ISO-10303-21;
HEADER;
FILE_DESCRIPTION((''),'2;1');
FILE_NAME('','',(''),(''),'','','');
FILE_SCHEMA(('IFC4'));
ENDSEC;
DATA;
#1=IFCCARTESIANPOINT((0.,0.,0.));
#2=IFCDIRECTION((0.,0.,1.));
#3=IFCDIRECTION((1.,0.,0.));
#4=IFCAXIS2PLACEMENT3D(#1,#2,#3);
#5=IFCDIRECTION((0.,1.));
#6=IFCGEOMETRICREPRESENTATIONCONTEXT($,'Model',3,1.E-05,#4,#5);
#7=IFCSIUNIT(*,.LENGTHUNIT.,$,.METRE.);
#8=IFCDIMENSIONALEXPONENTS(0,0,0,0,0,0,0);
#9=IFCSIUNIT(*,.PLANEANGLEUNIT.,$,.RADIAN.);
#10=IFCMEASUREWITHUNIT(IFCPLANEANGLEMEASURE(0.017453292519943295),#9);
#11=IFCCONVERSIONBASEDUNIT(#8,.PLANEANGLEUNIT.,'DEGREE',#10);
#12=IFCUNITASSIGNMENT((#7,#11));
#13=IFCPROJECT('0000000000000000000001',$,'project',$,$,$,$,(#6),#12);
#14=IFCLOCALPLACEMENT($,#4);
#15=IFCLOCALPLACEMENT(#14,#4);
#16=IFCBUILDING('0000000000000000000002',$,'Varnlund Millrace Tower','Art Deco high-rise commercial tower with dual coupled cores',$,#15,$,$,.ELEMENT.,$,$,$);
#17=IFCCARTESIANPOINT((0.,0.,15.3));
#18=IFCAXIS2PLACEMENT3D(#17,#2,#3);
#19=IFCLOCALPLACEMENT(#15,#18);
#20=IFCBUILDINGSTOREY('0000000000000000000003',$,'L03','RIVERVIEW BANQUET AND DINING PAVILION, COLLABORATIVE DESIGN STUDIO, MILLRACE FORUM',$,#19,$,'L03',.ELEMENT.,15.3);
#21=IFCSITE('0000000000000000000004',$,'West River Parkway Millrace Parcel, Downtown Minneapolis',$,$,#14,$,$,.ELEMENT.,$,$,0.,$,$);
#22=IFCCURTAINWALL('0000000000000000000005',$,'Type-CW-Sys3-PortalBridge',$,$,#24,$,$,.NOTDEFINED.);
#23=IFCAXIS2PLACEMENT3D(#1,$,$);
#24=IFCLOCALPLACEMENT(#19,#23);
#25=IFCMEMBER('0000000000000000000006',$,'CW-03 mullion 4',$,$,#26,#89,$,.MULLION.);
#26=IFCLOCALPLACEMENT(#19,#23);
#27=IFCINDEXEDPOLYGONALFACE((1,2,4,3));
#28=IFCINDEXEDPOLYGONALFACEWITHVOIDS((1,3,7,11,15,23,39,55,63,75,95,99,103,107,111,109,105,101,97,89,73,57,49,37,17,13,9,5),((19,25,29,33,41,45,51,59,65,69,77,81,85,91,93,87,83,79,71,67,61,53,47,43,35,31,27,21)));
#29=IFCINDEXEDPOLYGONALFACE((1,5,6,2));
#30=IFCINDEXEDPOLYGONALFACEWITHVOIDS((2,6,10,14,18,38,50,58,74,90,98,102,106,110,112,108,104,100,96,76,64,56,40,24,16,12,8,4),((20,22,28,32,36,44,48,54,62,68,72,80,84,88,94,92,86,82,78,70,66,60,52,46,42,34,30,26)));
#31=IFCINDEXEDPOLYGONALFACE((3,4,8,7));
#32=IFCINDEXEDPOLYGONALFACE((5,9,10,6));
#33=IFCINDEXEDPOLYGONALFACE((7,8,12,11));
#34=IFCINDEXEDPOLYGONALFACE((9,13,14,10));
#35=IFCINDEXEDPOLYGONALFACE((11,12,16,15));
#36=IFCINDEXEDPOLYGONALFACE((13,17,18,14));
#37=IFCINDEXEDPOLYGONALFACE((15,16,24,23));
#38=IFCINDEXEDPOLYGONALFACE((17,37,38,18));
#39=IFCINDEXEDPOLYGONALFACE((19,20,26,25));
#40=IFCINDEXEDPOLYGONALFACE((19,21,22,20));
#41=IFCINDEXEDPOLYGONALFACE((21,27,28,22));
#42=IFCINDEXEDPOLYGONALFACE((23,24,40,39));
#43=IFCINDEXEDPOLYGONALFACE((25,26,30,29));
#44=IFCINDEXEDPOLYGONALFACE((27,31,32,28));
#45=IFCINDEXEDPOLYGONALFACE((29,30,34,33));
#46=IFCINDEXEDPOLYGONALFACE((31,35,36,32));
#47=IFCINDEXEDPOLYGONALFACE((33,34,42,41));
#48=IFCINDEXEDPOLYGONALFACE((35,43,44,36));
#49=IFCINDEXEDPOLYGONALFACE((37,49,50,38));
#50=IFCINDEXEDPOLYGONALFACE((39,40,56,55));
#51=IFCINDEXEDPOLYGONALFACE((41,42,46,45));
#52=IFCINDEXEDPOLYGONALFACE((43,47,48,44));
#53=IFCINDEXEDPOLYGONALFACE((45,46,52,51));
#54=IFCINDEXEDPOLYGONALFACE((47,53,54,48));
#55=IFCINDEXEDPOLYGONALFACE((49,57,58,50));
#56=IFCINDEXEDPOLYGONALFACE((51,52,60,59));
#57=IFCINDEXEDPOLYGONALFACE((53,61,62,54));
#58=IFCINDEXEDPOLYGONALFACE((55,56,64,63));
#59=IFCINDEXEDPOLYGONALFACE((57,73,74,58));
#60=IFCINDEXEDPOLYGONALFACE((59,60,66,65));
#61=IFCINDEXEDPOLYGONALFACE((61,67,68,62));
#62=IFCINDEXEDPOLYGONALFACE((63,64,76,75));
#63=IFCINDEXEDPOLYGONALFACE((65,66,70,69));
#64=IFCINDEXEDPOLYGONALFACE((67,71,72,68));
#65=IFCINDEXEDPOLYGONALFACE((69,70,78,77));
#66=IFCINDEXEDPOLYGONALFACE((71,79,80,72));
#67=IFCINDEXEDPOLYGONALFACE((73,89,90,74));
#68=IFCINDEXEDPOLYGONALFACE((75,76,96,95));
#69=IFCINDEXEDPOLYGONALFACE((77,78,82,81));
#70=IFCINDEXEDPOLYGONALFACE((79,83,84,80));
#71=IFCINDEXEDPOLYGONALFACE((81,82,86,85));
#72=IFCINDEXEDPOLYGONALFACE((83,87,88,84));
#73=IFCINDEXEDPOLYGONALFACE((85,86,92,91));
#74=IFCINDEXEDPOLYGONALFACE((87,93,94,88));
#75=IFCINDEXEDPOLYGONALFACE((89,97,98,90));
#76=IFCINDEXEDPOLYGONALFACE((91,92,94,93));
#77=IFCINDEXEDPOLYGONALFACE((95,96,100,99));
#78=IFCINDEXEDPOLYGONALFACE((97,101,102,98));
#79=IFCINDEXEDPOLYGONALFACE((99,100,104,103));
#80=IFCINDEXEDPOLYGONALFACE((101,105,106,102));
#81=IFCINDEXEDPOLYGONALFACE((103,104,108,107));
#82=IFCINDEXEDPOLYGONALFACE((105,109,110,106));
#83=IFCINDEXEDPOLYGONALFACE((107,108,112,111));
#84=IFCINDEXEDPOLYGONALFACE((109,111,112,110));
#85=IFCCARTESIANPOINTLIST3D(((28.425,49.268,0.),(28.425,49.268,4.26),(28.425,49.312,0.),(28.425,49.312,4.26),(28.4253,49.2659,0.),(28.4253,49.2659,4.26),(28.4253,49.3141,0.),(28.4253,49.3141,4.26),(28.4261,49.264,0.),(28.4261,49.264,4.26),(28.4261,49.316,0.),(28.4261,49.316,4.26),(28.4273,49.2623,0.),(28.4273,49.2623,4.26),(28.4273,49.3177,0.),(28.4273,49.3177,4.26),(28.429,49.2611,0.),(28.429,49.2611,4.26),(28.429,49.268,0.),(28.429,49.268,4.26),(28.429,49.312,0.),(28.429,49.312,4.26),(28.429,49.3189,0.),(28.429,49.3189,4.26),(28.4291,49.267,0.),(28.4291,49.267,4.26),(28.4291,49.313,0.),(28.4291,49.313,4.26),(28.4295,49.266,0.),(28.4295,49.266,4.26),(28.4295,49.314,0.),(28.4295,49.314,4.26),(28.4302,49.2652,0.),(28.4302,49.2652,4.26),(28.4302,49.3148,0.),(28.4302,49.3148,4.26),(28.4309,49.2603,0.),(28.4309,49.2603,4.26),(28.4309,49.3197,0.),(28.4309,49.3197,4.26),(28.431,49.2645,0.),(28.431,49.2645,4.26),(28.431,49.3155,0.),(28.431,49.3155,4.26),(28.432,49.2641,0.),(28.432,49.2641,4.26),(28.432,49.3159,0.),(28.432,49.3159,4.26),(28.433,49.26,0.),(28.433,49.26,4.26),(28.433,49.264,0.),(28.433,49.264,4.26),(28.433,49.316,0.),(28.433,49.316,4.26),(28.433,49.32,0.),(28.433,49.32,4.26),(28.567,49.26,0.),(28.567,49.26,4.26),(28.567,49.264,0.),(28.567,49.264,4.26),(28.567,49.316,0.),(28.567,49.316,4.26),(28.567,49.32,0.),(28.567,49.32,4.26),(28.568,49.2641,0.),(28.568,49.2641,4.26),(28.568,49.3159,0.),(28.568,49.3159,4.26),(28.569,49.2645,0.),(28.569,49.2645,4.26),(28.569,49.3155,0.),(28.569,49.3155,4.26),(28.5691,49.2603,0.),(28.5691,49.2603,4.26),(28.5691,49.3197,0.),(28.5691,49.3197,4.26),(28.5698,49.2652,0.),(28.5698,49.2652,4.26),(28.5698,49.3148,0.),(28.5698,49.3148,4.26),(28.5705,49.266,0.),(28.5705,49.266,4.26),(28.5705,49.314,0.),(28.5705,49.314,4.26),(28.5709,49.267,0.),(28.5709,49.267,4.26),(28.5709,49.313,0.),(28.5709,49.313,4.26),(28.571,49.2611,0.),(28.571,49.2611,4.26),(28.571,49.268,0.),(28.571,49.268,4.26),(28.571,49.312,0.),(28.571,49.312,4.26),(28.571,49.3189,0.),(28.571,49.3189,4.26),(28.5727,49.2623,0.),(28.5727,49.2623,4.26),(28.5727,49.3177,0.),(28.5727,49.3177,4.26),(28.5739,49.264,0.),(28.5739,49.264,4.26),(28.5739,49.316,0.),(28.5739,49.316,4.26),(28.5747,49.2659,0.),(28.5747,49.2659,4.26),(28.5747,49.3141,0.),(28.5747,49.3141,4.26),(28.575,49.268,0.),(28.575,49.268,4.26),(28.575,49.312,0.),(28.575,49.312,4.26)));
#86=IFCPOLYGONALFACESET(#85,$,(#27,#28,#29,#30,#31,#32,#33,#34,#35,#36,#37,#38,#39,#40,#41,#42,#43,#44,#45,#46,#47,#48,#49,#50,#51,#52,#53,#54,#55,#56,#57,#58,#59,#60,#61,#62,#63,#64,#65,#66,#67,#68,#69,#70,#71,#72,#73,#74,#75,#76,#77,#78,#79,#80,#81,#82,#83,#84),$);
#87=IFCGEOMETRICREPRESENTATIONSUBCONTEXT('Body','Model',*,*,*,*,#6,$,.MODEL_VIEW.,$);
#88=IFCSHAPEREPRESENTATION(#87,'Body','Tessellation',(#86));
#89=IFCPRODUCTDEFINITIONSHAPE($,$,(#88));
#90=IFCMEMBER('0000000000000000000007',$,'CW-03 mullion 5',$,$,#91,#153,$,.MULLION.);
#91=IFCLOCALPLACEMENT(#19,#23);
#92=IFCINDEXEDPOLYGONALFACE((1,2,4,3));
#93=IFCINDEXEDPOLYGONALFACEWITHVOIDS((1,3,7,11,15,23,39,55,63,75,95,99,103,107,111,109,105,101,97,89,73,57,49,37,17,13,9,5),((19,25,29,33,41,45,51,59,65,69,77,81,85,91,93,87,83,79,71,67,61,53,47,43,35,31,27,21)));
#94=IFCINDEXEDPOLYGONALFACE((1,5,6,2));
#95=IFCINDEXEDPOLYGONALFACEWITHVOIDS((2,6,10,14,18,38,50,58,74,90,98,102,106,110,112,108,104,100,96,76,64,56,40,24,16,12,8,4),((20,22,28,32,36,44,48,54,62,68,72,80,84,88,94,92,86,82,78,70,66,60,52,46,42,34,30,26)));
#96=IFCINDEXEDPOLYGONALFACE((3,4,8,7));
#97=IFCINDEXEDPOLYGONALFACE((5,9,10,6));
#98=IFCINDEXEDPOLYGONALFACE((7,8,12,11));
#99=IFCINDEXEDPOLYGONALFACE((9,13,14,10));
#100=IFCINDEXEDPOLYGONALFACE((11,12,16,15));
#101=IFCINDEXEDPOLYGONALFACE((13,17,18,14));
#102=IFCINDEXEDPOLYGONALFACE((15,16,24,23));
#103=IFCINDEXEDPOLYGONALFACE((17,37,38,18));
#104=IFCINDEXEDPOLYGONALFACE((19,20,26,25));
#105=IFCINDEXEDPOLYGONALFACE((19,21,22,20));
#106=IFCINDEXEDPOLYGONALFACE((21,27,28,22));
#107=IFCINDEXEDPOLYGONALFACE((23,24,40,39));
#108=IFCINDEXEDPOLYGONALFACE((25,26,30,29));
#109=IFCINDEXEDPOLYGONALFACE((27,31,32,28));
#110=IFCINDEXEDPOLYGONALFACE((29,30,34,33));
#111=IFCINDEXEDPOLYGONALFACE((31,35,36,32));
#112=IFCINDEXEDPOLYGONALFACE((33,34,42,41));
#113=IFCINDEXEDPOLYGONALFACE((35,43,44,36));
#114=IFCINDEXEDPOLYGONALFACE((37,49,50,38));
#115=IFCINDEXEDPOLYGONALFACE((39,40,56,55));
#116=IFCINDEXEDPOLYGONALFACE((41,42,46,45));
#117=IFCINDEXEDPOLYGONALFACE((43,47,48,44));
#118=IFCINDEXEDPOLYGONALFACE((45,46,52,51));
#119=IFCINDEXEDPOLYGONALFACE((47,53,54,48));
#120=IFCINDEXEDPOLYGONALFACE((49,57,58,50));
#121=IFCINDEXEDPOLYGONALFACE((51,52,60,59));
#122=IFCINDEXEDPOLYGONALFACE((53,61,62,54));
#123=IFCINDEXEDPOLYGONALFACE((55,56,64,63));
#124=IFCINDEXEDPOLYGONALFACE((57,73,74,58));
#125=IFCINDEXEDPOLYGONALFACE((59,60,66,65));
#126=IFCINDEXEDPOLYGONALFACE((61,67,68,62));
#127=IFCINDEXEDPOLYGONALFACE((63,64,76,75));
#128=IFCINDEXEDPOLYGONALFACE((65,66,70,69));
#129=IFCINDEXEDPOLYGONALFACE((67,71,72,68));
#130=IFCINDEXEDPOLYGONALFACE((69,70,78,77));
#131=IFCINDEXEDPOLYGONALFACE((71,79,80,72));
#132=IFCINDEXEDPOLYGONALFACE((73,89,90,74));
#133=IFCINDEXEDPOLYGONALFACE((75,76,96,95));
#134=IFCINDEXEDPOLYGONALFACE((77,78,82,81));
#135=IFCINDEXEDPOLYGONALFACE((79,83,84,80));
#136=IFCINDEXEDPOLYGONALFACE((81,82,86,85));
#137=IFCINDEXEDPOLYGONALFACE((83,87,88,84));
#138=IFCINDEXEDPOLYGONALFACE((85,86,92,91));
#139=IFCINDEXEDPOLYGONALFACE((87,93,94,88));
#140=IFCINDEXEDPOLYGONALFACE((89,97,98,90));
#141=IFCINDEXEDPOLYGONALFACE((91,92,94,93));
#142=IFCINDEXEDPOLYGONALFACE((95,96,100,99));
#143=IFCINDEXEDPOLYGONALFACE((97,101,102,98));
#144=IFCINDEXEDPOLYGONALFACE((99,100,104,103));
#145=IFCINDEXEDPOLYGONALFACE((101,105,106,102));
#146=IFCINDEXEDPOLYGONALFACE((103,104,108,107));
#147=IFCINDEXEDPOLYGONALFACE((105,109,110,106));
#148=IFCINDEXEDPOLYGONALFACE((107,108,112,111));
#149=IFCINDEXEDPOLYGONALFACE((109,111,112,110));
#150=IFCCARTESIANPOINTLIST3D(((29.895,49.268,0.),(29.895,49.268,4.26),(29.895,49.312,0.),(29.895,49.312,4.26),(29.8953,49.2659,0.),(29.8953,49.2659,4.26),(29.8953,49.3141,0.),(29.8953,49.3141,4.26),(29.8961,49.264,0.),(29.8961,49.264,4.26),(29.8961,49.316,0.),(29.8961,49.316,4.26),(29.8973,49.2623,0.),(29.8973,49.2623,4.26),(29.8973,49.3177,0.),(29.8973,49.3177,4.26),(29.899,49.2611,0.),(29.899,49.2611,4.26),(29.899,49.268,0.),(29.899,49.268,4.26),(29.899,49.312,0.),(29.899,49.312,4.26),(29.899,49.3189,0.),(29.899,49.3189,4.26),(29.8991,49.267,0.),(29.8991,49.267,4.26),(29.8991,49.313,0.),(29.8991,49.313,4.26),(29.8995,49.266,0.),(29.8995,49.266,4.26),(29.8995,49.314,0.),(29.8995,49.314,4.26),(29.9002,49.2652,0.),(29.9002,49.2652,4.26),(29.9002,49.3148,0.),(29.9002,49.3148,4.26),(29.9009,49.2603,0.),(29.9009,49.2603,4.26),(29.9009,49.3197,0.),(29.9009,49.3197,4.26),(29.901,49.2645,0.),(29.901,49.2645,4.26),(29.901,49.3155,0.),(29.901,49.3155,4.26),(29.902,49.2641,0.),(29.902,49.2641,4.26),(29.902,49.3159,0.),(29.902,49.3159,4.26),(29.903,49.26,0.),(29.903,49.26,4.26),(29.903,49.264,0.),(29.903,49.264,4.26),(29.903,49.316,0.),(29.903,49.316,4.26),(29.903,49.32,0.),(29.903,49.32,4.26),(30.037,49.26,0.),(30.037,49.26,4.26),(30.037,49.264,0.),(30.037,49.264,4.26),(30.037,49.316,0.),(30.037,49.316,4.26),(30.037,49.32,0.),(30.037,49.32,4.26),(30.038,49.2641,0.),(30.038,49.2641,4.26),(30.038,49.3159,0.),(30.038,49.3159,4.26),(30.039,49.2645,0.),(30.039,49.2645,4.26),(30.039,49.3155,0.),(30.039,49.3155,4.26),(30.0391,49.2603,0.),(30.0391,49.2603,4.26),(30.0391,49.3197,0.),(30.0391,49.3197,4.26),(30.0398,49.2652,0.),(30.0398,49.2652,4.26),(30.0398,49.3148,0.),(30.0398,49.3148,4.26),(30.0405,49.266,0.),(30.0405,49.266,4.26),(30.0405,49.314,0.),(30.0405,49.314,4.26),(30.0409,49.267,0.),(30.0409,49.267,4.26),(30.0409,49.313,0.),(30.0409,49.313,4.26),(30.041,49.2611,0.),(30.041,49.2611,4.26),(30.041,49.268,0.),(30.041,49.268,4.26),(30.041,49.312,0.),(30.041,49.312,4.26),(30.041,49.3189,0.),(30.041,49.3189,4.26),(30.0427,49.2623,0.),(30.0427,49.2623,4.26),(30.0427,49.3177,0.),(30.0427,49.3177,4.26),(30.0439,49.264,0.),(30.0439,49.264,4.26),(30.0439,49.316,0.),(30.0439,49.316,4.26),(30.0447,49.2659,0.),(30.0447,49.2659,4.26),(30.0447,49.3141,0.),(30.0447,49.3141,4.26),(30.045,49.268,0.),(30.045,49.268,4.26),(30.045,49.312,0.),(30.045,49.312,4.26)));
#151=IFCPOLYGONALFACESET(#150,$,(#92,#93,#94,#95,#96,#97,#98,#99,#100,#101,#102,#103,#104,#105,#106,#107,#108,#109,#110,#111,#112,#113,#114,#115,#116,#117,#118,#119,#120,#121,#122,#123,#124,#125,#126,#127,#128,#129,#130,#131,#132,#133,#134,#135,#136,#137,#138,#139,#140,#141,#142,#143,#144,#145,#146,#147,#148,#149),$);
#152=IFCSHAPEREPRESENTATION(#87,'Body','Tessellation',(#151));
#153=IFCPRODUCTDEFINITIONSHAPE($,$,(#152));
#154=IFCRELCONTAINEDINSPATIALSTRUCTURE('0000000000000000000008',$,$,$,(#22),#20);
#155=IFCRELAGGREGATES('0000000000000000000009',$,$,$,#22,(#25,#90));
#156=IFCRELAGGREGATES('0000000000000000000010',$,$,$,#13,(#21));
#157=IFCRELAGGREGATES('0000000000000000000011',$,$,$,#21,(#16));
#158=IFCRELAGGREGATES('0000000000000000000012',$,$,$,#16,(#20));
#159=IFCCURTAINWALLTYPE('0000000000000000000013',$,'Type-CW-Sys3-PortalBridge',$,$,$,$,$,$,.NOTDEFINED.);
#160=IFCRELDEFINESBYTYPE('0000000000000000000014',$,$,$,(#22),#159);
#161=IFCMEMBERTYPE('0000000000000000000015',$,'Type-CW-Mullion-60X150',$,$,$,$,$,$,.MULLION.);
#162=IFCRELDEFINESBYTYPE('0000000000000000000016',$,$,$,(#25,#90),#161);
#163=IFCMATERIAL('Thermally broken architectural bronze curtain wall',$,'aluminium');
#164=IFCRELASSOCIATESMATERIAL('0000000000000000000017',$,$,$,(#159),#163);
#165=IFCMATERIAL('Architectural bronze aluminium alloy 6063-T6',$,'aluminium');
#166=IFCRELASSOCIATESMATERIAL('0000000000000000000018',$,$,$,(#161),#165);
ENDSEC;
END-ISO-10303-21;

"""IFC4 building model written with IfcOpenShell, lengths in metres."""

from ifc_helpers import new_model, entity, si_unit, converted_unit, direction, frame, origin_with_axes, origin_2d_with_axis, place, context, subcontext, project, spatial, hollow_rectangle, extrude, material, material_profile, profile_set, type_object, element, aggregate, save


model = new_model("IFC4")

# Units and contexts
model_context = context("Model", 3, precision=1e-05, world=origin_with_axes(), true_north=direction((0.0, 1.0)))
body_context = subcontext(model_context, "Body", "Model", "MODEL_VIEW")
ifc_project = project(units=[si_unit("LENGTHUNIT", "METRE"), converted_unit("PLANEANGLEUNIT", "DEGREE", entity("IfcPlaneAngleMeasure", 0.017453292519943295), si_unit("PLANEANGLEUNIT", "RADIAN"), dimensions=[0, 0, 0, 0, 0, 0, 0])], contexts=[model_context])

# Site, building, storey
site_placement = place(None, origin_with_axes())
site = spatial("IfcSite", under=ifc_project, at=site_placement, Name="West River Parkway Millrace Parcel, Downtown Minneapolis", CompositionType="ELEMENT", RefElevation=0.0)
building_placement = place(site_placement, origin_with_axes())
building = spatial("IfcBuilding", under=site, at=building_placement, Name="Varnlund Millrace Tower", Description="Art Deco high-rise commercial tower with dual coupled cores", CompositionType="ELEMENT")
storey_placement = place(building_placement, frame((0.0, 0.0, 15.3), z_axis=(0.0, 0.0, 1.0), x_axis=(1.0, 0.0, 0.0)))
storey = spatial("IfcBuildingStorey", under=building, at=storey_placement, Name="L03", Description="RIVERVIEW BANQUET AND DINING PAVILION, COLLABORATIVE DESIGN STUDIO, MILLRACE FORUM", LongName="L03", CompositionType="ELEMENT", Elevation=15.3)

# Curtain wall, members
ifc_material_1 = material(Name="Thermally broken architectural bronze curtain wall", Category="aluminium")
curtain_wall_type = type_object("IfcCurtainWallType", Name="Type-CW-Sys3-PortalBridge", PredefinedType="NOTDEFINED", material=ifc_material_1)
curtain_wall_placement = place(storey_placement, frame((24.0, 49.29, 0.0), z_axis=(0.0, 0.0, 1.0), x_axis=(1.0, 0.0, 0.0)))
curtain_wall = element("IfcCurtainWall", 1, at=curtain_wall_placement, inside=storey, type_object=curtain_wall_type, Name="Type-CW-Sys3-PortalBridge", PredefinedType="NOTDEFINED")
ifc_material_2 = material(Name="Architectural bronze aluminium alloy 6063-T6", Category="aluminium")
ifc_material_profile_1 = material_profile(ifc_material_2, hollow_rectangle(XDim=0.06, YDim=0.15, WallThickness=0.004, InnerFilletRadius=0.004, OuterFilletRadius=0.008, at=origin_2d_with_axis()), Name="Architectural bronze aluminium alloy 6063-T6")
ifc_profile_set_1 = profile_set([ifc_material_profile_1], Name="Architectural bronze aluminium alloy 6063-T6")
member_type_1 = type_object("IfcMemberType", Name="Type-CW-Mullion-60X150", PredefinedType="MULLION", material=ifc_profile_set_1)
member_1_placement = place(storey_placement, frame((28.5, 49.29, 0.0), z_axis=(0.0, 0.0, 1.0), x_axis=(0.0, 1.0, 0.0)))
member_1 = element("IfcMember", 2, at=member_1_placement, type_object=member_type_1, Name="CW-03 mullion 4", PredefinedType="MULLION", context=body_context, shape_type="SweptSolid", body=[
    extrude(hollow_rectangle(XDim=0.06, YDim=0.15, WallThickness=0.004, InnerFilletRadius=0.004, OuterFilletRadius=0.008, at=origin_2d_with_axis()), origin_with_axes(), (0.0, 0.0, 1.0), 4.26),
])
member_2_placement = place(storey_placement, frame((29.97, 49.29, 0.0), z_axis=(0.0, 0.0, 1.0), x_axis=(0.0, 1.0, 0.0)))
member_2 = element("IfcMember", 3, at=member_2_placement, type_object=member_type_1, Name="CW-03 mullion 5", PredefinedType="MULLION", context=body_context, shape_type="SweptSolid", body=[
    extrude(hollow_rectangle(XDim=0.06, YDim=0.15, WallThickness=0.004, InnerFilletRadius=0.004, OuterFilletRadius=0.008, at=origin_2d_with_axis()), origin_with_axes(), (0.0, 0.0, 1.0), 4.26),
])
aggregate(curtain_wall, [member_1, member_2])

save(model, "model.ifc")
